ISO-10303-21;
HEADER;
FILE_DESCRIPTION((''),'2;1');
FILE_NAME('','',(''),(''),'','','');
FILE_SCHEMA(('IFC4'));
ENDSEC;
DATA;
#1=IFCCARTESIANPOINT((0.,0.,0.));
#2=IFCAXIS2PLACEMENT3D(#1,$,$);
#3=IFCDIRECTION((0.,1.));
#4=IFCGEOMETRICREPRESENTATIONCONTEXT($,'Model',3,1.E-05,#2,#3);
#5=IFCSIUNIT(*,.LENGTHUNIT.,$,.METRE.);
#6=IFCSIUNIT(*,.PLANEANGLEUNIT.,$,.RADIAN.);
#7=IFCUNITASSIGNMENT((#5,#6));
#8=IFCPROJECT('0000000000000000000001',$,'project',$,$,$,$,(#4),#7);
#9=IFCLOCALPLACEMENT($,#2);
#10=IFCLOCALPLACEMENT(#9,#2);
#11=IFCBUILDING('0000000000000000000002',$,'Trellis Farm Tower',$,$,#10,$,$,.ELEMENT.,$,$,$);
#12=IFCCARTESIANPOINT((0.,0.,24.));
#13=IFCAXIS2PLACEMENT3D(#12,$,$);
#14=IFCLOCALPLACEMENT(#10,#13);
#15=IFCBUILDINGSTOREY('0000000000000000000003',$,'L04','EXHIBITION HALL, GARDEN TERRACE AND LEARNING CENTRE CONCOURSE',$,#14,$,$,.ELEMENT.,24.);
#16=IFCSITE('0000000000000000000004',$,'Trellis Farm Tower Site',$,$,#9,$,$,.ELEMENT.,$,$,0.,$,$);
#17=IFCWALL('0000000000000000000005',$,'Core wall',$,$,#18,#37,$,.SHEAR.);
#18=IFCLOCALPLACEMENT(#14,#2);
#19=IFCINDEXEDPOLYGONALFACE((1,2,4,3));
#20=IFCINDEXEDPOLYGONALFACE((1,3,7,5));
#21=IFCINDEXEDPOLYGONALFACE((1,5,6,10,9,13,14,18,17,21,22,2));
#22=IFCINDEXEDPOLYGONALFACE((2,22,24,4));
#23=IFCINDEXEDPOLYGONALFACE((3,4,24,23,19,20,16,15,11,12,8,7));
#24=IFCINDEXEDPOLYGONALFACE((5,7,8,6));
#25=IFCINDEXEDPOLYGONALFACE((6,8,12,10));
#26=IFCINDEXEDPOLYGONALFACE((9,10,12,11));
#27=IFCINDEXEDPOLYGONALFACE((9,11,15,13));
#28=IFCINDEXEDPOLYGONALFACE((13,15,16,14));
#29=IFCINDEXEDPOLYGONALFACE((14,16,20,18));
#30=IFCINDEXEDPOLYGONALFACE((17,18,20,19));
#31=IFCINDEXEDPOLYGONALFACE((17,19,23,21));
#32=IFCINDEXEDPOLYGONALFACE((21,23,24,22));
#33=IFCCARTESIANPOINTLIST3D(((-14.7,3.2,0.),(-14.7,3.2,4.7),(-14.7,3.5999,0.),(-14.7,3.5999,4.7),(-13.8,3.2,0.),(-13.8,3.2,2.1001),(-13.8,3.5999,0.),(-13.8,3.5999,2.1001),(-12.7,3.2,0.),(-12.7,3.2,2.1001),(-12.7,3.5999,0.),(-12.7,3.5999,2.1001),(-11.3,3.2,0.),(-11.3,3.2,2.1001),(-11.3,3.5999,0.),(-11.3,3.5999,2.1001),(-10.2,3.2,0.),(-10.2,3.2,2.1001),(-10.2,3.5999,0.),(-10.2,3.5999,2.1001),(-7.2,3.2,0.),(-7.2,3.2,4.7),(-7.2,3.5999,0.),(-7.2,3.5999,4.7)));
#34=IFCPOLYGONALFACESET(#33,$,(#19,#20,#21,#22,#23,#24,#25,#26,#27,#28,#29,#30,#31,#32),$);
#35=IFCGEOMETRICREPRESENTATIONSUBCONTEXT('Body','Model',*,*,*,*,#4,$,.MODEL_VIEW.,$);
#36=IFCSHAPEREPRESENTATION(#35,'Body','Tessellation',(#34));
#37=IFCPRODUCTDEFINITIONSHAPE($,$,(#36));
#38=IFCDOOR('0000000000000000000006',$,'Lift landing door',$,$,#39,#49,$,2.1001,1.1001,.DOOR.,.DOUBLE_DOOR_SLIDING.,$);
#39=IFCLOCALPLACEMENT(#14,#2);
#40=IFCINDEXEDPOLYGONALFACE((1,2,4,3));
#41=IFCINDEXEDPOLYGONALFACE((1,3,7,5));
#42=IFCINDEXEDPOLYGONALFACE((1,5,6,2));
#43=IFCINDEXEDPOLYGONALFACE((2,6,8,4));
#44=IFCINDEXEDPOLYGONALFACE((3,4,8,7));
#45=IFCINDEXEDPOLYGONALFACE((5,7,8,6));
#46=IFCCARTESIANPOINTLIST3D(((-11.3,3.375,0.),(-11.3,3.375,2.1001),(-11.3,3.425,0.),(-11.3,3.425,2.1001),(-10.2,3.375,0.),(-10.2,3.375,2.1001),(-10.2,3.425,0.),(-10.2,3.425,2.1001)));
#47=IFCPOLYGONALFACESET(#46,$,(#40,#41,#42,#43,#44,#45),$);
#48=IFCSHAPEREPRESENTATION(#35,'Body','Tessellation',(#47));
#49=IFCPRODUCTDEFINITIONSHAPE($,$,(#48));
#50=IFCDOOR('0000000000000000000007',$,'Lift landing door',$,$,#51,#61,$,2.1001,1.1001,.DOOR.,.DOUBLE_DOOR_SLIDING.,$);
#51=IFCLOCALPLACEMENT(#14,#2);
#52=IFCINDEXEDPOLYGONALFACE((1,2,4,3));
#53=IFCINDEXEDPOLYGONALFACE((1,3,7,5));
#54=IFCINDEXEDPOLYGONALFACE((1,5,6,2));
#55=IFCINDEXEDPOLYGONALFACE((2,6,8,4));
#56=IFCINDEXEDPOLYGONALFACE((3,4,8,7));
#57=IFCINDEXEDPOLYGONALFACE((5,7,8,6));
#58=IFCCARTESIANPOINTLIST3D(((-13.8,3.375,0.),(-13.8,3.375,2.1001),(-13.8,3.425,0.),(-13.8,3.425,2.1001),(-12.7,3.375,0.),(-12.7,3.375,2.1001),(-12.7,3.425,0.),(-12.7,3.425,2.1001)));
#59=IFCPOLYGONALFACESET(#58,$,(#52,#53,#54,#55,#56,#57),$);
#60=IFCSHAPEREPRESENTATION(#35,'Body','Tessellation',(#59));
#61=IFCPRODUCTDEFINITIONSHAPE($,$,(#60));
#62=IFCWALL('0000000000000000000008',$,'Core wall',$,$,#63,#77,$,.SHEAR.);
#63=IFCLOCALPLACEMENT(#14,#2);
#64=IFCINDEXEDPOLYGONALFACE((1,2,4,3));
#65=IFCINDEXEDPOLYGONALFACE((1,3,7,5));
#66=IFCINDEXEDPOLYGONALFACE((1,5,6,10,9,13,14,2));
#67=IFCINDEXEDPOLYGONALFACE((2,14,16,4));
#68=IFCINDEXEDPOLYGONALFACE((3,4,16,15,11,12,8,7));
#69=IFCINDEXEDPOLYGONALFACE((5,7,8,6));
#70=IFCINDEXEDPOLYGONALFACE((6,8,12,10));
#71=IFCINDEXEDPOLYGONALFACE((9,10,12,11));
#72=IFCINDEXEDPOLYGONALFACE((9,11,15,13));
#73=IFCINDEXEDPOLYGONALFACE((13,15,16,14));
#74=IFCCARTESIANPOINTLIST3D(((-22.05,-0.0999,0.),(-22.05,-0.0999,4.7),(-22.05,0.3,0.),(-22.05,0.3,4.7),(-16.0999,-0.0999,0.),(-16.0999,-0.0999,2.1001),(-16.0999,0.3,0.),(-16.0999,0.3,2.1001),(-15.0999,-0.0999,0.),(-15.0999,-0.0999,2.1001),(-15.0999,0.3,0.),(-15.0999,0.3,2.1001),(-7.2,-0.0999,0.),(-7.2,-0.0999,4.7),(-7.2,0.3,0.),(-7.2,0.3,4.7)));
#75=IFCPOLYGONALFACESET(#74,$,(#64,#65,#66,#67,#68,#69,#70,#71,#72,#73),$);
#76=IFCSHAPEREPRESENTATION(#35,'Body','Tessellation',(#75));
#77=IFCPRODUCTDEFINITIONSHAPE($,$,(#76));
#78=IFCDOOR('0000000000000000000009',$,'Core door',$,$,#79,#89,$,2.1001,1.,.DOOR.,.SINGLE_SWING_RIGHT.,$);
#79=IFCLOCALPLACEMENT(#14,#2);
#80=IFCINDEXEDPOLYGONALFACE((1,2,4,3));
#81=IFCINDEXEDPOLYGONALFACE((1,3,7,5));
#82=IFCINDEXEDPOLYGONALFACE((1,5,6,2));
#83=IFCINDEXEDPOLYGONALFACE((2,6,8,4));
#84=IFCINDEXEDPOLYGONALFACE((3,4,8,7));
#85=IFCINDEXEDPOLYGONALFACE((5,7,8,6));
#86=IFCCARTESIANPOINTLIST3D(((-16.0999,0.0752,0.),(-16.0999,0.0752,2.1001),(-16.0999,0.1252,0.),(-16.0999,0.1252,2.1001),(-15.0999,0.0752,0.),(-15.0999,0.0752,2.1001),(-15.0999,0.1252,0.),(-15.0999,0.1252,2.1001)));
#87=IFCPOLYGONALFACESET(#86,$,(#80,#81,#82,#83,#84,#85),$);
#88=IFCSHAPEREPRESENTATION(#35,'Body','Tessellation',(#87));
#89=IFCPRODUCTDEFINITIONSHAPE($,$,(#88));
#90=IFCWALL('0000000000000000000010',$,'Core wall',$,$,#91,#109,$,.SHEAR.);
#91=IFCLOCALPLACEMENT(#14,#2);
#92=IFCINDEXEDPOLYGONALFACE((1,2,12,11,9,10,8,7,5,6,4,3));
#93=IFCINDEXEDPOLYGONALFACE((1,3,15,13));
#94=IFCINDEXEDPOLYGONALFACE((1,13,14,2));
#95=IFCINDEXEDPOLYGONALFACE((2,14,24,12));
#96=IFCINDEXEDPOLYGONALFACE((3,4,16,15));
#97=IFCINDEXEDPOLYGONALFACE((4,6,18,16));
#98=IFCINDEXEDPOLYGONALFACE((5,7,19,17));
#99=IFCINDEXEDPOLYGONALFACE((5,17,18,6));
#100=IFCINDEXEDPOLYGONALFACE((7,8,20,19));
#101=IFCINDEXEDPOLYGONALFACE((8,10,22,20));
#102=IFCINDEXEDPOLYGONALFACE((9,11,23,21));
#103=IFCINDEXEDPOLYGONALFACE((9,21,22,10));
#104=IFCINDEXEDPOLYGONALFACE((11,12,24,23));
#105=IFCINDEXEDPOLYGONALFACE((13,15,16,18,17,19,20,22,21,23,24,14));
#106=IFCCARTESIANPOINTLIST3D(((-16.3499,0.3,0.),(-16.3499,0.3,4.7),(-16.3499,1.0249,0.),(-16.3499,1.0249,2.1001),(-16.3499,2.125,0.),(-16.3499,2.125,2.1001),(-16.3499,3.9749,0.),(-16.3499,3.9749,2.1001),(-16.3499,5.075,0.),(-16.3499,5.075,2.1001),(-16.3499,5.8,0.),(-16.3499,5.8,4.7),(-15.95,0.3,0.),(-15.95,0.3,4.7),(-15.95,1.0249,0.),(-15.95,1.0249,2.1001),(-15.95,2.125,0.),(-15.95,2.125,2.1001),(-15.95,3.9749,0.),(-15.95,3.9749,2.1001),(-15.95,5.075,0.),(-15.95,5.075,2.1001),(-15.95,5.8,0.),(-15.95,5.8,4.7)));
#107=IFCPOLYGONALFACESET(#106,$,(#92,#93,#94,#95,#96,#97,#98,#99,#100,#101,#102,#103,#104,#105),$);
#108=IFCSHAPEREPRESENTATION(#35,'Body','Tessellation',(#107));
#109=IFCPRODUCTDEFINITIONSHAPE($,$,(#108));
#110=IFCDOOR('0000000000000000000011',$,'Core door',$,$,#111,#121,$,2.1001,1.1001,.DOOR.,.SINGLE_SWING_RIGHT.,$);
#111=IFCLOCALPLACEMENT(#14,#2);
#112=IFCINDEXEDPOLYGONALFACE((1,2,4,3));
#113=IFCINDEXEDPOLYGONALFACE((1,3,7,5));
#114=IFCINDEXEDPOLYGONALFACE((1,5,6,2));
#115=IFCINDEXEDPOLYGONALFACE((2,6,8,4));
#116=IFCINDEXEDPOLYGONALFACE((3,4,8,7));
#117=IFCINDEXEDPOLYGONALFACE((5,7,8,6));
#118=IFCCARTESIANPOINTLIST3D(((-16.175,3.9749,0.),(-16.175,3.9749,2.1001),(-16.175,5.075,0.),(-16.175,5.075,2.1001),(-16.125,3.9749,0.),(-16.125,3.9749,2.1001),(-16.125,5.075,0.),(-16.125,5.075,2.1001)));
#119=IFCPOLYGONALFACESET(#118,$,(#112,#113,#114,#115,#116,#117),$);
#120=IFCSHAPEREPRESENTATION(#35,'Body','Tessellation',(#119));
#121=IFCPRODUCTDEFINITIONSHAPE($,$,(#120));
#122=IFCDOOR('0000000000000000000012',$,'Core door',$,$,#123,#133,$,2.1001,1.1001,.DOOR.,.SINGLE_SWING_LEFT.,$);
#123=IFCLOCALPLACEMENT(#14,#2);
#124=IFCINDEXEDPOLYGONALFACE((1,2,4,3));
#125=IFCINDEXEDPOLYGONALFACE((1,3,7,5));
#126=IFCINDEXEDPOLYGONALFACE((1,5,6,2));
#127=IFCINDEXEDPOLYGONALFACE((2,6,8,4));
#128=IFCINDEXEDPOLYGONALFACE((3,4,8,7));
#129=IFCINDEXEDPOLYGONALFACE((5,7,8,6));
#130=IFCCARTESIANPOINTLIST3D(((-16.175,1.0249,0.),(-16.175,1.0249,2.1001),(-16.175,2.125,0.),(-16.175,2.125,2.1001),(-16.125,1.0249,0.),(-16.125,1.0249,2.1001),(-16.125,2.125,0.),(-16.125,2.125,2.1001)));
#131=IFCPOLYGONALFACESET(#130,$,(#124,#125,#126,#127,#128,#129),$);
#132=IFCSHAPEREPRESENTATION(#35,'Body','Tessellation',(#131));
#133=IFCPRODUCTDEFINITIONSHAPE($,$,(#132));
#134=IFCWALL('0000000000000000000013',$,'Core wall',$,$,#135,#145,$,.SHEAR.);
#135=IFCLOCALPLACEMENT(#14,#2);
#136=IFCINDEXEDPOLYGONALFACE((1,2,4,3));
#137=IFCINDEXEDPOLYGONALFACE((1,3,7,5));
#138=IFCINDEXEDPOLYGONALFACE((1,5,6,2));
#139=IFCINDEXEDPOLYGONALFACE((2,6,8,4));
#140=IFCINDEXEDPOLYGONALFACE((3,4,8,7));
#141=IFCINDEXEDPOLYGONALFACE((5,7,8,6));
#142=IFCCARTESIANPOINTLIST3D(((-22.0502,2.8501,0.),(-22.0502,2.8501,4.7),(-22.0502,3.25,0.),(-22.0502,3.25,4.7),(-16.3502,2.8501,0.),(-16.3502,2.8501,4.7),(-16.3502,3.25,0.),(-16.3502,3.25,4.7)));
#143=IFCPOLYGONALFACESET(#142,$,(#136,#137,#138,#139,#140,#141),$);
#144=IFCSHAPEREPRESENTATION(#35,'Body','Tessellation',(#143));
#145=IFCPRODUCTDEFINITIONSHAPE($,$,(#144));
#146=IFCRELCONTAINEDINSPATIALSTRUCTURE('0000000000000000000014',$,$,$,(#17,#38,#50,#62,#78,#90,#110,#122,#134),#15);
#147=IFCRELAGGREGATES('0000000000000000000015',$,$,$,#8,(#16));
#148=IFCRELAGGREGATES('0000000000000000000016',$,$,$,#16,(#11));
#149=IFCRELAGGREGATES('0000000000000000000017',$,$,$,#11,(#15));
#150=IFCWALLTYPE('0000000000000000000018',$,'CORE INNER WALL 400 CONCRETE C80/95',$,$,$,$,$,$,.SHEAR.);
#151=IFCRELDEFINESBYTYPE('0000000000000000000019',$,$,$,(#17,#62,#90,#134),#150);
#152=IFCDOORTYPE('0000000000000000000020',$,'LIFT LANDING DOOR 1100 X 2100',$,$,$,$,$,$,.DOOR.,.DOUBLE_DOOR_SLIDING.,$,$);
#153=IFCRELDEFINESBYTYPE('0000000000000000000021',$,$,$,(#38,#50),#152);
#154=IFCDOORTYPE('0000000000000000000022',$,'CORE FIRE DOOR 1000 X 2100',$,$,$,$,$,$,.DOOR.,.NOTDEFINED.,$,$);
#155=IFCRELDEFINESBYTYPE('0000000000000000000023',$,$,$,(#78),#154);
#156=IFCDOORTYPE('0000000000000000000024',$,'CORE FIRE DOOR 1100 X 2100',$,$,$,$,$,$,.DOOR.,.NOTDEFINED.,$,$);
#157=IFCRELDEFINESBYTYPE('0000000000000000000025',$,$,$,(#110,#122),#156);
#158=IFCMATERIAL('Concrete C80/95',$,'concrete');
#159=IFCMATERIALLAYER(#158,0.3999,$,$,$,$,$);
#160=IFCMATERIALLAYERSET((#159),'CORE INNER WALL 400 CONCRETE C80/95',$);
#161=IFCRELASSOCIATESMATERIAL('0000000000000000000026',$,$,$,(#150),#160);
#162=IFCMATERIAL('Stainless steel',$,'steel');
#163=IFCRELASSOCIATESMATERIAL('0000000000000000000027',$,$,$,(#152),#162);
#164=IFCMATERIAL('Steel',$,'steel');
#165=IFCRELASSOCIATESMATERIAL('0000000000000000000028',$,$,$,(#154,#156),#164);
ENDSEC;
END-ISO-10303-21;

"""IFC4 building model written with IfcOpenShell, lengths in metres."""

from ifc_helpers import new_model, si_unit, direction, frame, frame_2d, origin, place, context, subcontext, project, spatial, rectangle, extrude, source, transform, mapped, material, layer, layer_set, type_object, element, fill, save


model = new_model("IFC4")

# Units and contexts
model_context = context("Model", 3, precision=1e-05, world=origin(), true_north=direction((0.0, 1.0)))
body_context = subcontext(model_context, "Body", "Model", "MODEL_VIEW")
ifc_project = project(units=[si_unit("LENGTHUNIT", "METRE"), si_unit("PLANEANGLEUNIT", "RADIAN")], contexts=[model_context])

# Site, building, storey
site_placement = place(None, origin())
site = spatial("IfcSite", under=ifc_project, at=site_placement, Name="Trellis Farm Tower Site", CompositionType="ELEMENT", RefElevation=0.0)
building_placement = place(site_placement, origin())
building = spatial("IfcBuilding", under=site, at=building_placement, Name="Trellis Farm Tower", CompositionType="ELEMENT")
storey_placement = place(building_placement, frame((0.0, 0.0, 24.0)))
storey = spatial("IfcBuildingStorey", under=building, at=storey_placement, Name="L04", Description="EXHIBITION HALL, GARDEN TERRACE AND LEARNING CENTRE CONCOURSE", CompositionType="ELEMENT", Elevation=24.0)

# Shared definitions
ifc_material_1 = material(Name="Concrete C80/95", Category="concrete")

# Shared definitions
ifc_material_2 = material(Name="Steel", Category="steel")

# Shared definitions
ifc_layer_1 = layer(ifc_material_1, 0.3999)
ifc_layer_set_1 = layer_set([ifc_layer_1], Name="CORE INNER WALL 400 CONCRETE C80/95")
wall_type_1 = type_object("IfcWallType", Name="CORE INNER WALL 400 CONCRETE C80/95", PredefinedType="SHEAR", material=ifc_layer_set_1)

# Wall, openings, doors
shared_shape_1 = source(origin(), body_context, "Body", "SweptSolid", [
    extrude(rectangle(XDim=7.5, YDim=0.3999, at=frame_2d((3.75, 0.0))), origin(), (0.0, 0.0, 1.0), 4.7),
])
wall_1_placement = place(storey_placement, frame((-7.2, 3.3999, 0.0), z_axis=(0.0, 0.0, 1.0), x_axis=(-1.0, 0.0, 0.0)))
wall_1 = element("IfcWall", 1, at=wall_1_placement, inside=storey, type_object=wall_type_1, Name="Core wall", PredefinedType="SHEAR", context=body_context, shape_type="MappedRepresentation", body=[
    mapped(shared_shape_1, transform((0.0, 0.0, 0.0))),
])
shared_shape_2 = source(origin(), body_context, "Body", "SweptSolid", [
    extrude(rectangle(XDim=1.1001, YDim=2.1001, at=frame_2d((0.55, 1.05))), frame((0.0, 0.21, 0.0), z_axis=(0.0, -1.0, 0.0), x_axis=(1.0, 0.0, 0.0)), (0.0, 0.0, 1.0), 0.4199),
])
opening_1_placement = place(wall_1_placement, frame((3.0, 0.0, 0.0)))
opening_1 = element("IfcOpeningElement", 2, at=opening_1_placement, cuts=wall_1, PredefinedType="OPENING", context=body_context, shape_type="MappedRepresentation", body=[
    mapped(shared_shape_2, transform((0.0, 0.0, 0.0))),
])
opening_2_placement = place(wall_1_placement, frame((5.5, 0.0, 0.0)))
opening_2 = element("IfcOpeningElement", 3, at=opening_2_placement, cuts=wall_1, PredefinedType="OPENING", context=body_context, shape_type="MappedRepresentation", body=[
    mapped(shared_shape_2, transform((0.0, 0.0, 0.0))),
])
ifc_material_3 = material(Name="Stainless steel", Category="steel")
door_type_1 = type_object("IfcDoorType", Name="LIFT LANDING DOOR 1100 X 2100", OperationType="DOUBLE_DOOR_SLIDING", PredefinedType="DOOR", material=ifc_material_3)
shared_shape_3 = source(origin(), body_context, "Body", "SweptSolid", [
    extrude(rectangle(XDim=1.1001, YDim=2.1001, at=frame_2d((0.55, 1.05))), frame((0.0, 0.0249, 0.0), z_axis=(0.0, -1.0, 0.0), x_axis=(1.0, 0.0, 0.0)), (0.0, 0.0, 1.0), 0.05),
])
door_1_placement = place(opening_1_placement, origin())
door_1 = element("IfcDoor", 4, at=door_1_placement, inside=storey, type_object=door_type_1, Name="Lift landing door", OperationType="DOUBLE_DOOR_SLIDING", OverallHeight=2.1001, OverallWidth=1.1001, PredefinedType="DOOR", context=body_context, shape_type="MappedRepresentation", body=[
    mapped(shared_shape_3, transform((0.0, 0.0, 0.0))),
])
fill(opening_1, door_1)
door_2_placement = place(opening_2_placement, origin())
door_2 = element("IfcDoor", 5, at=door_2_placement, inside=storey, type_object=door_type_1, Name="Lift landing door", OperationType="DOUBLE_DOOR_SLIDING", OverallHeight=2.1001, OverallWidth=1.1001, PredefinedType="DOOR", context=body_context, shape_type="MappedRepresentation", body=[
    mapped(shared_shape_3, transform((0.0, 0.0, 0.0))),
])
fill(opening_2, door_2)

# Wall, opening, door
shared_shape_4 = source(origin(), body_context, "Body", "SweptSolid", [
    extrude(rectangle(XDim=14.8501, YDim=0.3999, at=frame_2d((7.425, 0.0))), origin(), (0.0, 0.0, 1.0), 4.7),
])
wall_2_placement = place(storey_placement, frame((-7.2, 0.1001, 0.0), z_axis=(0.0, 0.0, 1.0), x_axis=(-1.0, 0.0, 0.0)))
wall_2 = element("IfcWall", 6, at=wall_2_placement, inside=storey, type_object=wall_type_1, Name="Core wall", PredefinedType="SHEAR", context=body_context, shape_type="MappedRepresentation", body=[
    mapped(shared_shape_4, transform((0.0, 0.0, 0.0))),
])
shared_shape_5 = source(origin(), body_context, "Body", "SweptSolid", [
    extrude(rectangle(XDim=1.0, YDim=2.1001, at=frame_2d((0.5, 1.05))), frame((0.0, 0.21, 0.0), z_axis=(0.0, -1.0, 0.0), x_axis=(1.0, 0.0, 0.0)), (0.0, 0.0, 1.0), 0.4199),
])
opening_3_placement = place(wall_2_placement, frame((7.8999, 0.0, 0.0)))
opening_3 = element("IfcOpeningElement", 7, at=opening_3_placement, cuts=wall_2, PredefinedType="OPENING", context=body_context, shape_type="MappedRepresentation", body=[
    mapped(shared_shape_5, transform((0.0, 0.0, 0.0))),
])
door_type_2 = type_object("IfcDoorType", Name="CORE FIRE DOOR 1000 X 2100", OperationType="NOTDEFINED", PredefinedType="DOOR", material=ifc_material_2)
shared_shape_6 = source(origin(), body_context, "Body", "SweptSolid", [
    extrude(rectangle(XDim=1.0, YDim=2.1001, at=frame_2d((0.5, 1.05))), frame((0.0, 0.0249, 0.0), z_axis=(0.0, -1.0, 0.0), x_axis=(1.0, 0.0, 0.0)), (0.0, 0.0, 1.0), 0.05),
])
door_3_placement = place(opening_3_placement, origin())
door_3 = element("IfcDoor", 8, at=door_3_placement, inside=storey, type_object=door_type_2, Name="Core door", OperationType="SINGLE_SWING_RIGHT", OverallHeight=2.1001, OverallWidth=1.0, PredefinedType="DOOR", context=body_context, shape_type="MappedRepresentation", body=[
    mapped(shared_shape_6, transform((0.0, 0.0, 0.0))),
])
fill(opening_3, door_3)

# Wall, openings, doors
shared_shape_7 = source(origin(), body_context, "Body", "SweptSolid", [
    extrude(rectangle(XDim=5.5, YDim=0.3999, at=frame_2d((2.75, 0.0))), origin(), (0.0, 0.0, 1.0), 4.7),
])
wall_3_placement = place(storey_placement, frame((-16.1499, 5.8, 0.0), z_axis=(0.0, 0.0, 1.0), x_axis=(0.0, -1.0, 0.0)))
wall_3 = element("IfcWall", 9, at=wall_3_placement, inside=storey, type_object=wall_type_1, Name="Core wall", PredefinedType="SHEAR", context=body_context, shape_type="MappedRepresentation", body=[
    mapped(shared_shape_7, transform((0.0, 0.0, 0.0))),
])
opening_4_placement = place(wall_3_placement, frame((0.7251, 0.0, 0.0)))
opening_4 = element("IfcOpeningElement", 10, at=opening_4_placement, cuts=wall_3, PredefinedType="OPENING", context=body_context, shape_type="MappedRepresentation", body=[
    mapped(shared_shape_2, transform((0.0, 0.0, 0.0))),
])
opening_5_placement = place(wall_3_placement, frame((3.675, 0.0, 0.0)))
opening_5 = element("IfcOpeningElement", 11, at=opening_5_placement, cuts=wall_3, PredefinedType="OPENING", context=body_context, shape_type="MappedRepresentation", body=[
    mapped(shared_shape_2, transform((0.0, 0.0, 0.0))),
])
door_type_3 = type_object("IfcDoorType", Name="CORE FIRE DOOR 1100 X 2100", OperationType="NOTDEFINED", PredefinedType="DOOR", material=ifc_material_2)
door_4_placement = place(opening_4_placement, origin())
door_4 = element("IfcDoor", 12, at=door_4_placement, inside=storey, type_object=door_type_3, Name="Core door", OperationType="SINGLE_SWING_RIGHT", OverallHeight=2.1001, OverallWidth=1.1001, PredefinedType="DOOR", context=body_context, shape_type="MappedRepresentation", body=[
    mapped(shared_shape_3, transform((0.0, 0.0, 0.0))),
])
fill(opening_4, door_4)
door_5_placement = place(opening_5_placement, origin())
door_5 = element("IfcDoor", 13, at=door_5_placement, inside=storey, type_object=door_type_3, Name="Core door", OperationType="SINGLE_SWING_LEFT", OverallHeight=2.1001, OverallWidth=1.1001, PredefinedType="DOOR", context=body_context, shape_type="MappedRepresentation", body=[
    mapped(shared_shape_3, transform((0.0, 0.0, 0.0))),
])
fill(opening_5, door_5)

# Wall
shared_shape_8 = source(origin(), body_context, "Body", "SweptSolid", [
    extrude(rectangle(XDim=5.7, YDim=0.3999, at=frame_2d((2.8501, 0.0))), origin(), (0.0, 0.0, 1.0), 4.7),
])
wall_4_placement = place(storey_placement, frame((-16.3501, 3.05, 0.0), z_axis=(0.0, 0.0, 1.0), x_axis=(-1.0, 0.0, 0.0)))
element("IfcWall", 14, at=wall_4_placement, inside=storey, type_object=wall_type_1, Name="Core wall", PredefinedType="SHEAR", context=body_context, shape_type="MappedRepresentation", body=[
    mapped(shared_shape_8, transform((0.0, 0.0, 0.0))),
])

save(model, "model.ifc")
